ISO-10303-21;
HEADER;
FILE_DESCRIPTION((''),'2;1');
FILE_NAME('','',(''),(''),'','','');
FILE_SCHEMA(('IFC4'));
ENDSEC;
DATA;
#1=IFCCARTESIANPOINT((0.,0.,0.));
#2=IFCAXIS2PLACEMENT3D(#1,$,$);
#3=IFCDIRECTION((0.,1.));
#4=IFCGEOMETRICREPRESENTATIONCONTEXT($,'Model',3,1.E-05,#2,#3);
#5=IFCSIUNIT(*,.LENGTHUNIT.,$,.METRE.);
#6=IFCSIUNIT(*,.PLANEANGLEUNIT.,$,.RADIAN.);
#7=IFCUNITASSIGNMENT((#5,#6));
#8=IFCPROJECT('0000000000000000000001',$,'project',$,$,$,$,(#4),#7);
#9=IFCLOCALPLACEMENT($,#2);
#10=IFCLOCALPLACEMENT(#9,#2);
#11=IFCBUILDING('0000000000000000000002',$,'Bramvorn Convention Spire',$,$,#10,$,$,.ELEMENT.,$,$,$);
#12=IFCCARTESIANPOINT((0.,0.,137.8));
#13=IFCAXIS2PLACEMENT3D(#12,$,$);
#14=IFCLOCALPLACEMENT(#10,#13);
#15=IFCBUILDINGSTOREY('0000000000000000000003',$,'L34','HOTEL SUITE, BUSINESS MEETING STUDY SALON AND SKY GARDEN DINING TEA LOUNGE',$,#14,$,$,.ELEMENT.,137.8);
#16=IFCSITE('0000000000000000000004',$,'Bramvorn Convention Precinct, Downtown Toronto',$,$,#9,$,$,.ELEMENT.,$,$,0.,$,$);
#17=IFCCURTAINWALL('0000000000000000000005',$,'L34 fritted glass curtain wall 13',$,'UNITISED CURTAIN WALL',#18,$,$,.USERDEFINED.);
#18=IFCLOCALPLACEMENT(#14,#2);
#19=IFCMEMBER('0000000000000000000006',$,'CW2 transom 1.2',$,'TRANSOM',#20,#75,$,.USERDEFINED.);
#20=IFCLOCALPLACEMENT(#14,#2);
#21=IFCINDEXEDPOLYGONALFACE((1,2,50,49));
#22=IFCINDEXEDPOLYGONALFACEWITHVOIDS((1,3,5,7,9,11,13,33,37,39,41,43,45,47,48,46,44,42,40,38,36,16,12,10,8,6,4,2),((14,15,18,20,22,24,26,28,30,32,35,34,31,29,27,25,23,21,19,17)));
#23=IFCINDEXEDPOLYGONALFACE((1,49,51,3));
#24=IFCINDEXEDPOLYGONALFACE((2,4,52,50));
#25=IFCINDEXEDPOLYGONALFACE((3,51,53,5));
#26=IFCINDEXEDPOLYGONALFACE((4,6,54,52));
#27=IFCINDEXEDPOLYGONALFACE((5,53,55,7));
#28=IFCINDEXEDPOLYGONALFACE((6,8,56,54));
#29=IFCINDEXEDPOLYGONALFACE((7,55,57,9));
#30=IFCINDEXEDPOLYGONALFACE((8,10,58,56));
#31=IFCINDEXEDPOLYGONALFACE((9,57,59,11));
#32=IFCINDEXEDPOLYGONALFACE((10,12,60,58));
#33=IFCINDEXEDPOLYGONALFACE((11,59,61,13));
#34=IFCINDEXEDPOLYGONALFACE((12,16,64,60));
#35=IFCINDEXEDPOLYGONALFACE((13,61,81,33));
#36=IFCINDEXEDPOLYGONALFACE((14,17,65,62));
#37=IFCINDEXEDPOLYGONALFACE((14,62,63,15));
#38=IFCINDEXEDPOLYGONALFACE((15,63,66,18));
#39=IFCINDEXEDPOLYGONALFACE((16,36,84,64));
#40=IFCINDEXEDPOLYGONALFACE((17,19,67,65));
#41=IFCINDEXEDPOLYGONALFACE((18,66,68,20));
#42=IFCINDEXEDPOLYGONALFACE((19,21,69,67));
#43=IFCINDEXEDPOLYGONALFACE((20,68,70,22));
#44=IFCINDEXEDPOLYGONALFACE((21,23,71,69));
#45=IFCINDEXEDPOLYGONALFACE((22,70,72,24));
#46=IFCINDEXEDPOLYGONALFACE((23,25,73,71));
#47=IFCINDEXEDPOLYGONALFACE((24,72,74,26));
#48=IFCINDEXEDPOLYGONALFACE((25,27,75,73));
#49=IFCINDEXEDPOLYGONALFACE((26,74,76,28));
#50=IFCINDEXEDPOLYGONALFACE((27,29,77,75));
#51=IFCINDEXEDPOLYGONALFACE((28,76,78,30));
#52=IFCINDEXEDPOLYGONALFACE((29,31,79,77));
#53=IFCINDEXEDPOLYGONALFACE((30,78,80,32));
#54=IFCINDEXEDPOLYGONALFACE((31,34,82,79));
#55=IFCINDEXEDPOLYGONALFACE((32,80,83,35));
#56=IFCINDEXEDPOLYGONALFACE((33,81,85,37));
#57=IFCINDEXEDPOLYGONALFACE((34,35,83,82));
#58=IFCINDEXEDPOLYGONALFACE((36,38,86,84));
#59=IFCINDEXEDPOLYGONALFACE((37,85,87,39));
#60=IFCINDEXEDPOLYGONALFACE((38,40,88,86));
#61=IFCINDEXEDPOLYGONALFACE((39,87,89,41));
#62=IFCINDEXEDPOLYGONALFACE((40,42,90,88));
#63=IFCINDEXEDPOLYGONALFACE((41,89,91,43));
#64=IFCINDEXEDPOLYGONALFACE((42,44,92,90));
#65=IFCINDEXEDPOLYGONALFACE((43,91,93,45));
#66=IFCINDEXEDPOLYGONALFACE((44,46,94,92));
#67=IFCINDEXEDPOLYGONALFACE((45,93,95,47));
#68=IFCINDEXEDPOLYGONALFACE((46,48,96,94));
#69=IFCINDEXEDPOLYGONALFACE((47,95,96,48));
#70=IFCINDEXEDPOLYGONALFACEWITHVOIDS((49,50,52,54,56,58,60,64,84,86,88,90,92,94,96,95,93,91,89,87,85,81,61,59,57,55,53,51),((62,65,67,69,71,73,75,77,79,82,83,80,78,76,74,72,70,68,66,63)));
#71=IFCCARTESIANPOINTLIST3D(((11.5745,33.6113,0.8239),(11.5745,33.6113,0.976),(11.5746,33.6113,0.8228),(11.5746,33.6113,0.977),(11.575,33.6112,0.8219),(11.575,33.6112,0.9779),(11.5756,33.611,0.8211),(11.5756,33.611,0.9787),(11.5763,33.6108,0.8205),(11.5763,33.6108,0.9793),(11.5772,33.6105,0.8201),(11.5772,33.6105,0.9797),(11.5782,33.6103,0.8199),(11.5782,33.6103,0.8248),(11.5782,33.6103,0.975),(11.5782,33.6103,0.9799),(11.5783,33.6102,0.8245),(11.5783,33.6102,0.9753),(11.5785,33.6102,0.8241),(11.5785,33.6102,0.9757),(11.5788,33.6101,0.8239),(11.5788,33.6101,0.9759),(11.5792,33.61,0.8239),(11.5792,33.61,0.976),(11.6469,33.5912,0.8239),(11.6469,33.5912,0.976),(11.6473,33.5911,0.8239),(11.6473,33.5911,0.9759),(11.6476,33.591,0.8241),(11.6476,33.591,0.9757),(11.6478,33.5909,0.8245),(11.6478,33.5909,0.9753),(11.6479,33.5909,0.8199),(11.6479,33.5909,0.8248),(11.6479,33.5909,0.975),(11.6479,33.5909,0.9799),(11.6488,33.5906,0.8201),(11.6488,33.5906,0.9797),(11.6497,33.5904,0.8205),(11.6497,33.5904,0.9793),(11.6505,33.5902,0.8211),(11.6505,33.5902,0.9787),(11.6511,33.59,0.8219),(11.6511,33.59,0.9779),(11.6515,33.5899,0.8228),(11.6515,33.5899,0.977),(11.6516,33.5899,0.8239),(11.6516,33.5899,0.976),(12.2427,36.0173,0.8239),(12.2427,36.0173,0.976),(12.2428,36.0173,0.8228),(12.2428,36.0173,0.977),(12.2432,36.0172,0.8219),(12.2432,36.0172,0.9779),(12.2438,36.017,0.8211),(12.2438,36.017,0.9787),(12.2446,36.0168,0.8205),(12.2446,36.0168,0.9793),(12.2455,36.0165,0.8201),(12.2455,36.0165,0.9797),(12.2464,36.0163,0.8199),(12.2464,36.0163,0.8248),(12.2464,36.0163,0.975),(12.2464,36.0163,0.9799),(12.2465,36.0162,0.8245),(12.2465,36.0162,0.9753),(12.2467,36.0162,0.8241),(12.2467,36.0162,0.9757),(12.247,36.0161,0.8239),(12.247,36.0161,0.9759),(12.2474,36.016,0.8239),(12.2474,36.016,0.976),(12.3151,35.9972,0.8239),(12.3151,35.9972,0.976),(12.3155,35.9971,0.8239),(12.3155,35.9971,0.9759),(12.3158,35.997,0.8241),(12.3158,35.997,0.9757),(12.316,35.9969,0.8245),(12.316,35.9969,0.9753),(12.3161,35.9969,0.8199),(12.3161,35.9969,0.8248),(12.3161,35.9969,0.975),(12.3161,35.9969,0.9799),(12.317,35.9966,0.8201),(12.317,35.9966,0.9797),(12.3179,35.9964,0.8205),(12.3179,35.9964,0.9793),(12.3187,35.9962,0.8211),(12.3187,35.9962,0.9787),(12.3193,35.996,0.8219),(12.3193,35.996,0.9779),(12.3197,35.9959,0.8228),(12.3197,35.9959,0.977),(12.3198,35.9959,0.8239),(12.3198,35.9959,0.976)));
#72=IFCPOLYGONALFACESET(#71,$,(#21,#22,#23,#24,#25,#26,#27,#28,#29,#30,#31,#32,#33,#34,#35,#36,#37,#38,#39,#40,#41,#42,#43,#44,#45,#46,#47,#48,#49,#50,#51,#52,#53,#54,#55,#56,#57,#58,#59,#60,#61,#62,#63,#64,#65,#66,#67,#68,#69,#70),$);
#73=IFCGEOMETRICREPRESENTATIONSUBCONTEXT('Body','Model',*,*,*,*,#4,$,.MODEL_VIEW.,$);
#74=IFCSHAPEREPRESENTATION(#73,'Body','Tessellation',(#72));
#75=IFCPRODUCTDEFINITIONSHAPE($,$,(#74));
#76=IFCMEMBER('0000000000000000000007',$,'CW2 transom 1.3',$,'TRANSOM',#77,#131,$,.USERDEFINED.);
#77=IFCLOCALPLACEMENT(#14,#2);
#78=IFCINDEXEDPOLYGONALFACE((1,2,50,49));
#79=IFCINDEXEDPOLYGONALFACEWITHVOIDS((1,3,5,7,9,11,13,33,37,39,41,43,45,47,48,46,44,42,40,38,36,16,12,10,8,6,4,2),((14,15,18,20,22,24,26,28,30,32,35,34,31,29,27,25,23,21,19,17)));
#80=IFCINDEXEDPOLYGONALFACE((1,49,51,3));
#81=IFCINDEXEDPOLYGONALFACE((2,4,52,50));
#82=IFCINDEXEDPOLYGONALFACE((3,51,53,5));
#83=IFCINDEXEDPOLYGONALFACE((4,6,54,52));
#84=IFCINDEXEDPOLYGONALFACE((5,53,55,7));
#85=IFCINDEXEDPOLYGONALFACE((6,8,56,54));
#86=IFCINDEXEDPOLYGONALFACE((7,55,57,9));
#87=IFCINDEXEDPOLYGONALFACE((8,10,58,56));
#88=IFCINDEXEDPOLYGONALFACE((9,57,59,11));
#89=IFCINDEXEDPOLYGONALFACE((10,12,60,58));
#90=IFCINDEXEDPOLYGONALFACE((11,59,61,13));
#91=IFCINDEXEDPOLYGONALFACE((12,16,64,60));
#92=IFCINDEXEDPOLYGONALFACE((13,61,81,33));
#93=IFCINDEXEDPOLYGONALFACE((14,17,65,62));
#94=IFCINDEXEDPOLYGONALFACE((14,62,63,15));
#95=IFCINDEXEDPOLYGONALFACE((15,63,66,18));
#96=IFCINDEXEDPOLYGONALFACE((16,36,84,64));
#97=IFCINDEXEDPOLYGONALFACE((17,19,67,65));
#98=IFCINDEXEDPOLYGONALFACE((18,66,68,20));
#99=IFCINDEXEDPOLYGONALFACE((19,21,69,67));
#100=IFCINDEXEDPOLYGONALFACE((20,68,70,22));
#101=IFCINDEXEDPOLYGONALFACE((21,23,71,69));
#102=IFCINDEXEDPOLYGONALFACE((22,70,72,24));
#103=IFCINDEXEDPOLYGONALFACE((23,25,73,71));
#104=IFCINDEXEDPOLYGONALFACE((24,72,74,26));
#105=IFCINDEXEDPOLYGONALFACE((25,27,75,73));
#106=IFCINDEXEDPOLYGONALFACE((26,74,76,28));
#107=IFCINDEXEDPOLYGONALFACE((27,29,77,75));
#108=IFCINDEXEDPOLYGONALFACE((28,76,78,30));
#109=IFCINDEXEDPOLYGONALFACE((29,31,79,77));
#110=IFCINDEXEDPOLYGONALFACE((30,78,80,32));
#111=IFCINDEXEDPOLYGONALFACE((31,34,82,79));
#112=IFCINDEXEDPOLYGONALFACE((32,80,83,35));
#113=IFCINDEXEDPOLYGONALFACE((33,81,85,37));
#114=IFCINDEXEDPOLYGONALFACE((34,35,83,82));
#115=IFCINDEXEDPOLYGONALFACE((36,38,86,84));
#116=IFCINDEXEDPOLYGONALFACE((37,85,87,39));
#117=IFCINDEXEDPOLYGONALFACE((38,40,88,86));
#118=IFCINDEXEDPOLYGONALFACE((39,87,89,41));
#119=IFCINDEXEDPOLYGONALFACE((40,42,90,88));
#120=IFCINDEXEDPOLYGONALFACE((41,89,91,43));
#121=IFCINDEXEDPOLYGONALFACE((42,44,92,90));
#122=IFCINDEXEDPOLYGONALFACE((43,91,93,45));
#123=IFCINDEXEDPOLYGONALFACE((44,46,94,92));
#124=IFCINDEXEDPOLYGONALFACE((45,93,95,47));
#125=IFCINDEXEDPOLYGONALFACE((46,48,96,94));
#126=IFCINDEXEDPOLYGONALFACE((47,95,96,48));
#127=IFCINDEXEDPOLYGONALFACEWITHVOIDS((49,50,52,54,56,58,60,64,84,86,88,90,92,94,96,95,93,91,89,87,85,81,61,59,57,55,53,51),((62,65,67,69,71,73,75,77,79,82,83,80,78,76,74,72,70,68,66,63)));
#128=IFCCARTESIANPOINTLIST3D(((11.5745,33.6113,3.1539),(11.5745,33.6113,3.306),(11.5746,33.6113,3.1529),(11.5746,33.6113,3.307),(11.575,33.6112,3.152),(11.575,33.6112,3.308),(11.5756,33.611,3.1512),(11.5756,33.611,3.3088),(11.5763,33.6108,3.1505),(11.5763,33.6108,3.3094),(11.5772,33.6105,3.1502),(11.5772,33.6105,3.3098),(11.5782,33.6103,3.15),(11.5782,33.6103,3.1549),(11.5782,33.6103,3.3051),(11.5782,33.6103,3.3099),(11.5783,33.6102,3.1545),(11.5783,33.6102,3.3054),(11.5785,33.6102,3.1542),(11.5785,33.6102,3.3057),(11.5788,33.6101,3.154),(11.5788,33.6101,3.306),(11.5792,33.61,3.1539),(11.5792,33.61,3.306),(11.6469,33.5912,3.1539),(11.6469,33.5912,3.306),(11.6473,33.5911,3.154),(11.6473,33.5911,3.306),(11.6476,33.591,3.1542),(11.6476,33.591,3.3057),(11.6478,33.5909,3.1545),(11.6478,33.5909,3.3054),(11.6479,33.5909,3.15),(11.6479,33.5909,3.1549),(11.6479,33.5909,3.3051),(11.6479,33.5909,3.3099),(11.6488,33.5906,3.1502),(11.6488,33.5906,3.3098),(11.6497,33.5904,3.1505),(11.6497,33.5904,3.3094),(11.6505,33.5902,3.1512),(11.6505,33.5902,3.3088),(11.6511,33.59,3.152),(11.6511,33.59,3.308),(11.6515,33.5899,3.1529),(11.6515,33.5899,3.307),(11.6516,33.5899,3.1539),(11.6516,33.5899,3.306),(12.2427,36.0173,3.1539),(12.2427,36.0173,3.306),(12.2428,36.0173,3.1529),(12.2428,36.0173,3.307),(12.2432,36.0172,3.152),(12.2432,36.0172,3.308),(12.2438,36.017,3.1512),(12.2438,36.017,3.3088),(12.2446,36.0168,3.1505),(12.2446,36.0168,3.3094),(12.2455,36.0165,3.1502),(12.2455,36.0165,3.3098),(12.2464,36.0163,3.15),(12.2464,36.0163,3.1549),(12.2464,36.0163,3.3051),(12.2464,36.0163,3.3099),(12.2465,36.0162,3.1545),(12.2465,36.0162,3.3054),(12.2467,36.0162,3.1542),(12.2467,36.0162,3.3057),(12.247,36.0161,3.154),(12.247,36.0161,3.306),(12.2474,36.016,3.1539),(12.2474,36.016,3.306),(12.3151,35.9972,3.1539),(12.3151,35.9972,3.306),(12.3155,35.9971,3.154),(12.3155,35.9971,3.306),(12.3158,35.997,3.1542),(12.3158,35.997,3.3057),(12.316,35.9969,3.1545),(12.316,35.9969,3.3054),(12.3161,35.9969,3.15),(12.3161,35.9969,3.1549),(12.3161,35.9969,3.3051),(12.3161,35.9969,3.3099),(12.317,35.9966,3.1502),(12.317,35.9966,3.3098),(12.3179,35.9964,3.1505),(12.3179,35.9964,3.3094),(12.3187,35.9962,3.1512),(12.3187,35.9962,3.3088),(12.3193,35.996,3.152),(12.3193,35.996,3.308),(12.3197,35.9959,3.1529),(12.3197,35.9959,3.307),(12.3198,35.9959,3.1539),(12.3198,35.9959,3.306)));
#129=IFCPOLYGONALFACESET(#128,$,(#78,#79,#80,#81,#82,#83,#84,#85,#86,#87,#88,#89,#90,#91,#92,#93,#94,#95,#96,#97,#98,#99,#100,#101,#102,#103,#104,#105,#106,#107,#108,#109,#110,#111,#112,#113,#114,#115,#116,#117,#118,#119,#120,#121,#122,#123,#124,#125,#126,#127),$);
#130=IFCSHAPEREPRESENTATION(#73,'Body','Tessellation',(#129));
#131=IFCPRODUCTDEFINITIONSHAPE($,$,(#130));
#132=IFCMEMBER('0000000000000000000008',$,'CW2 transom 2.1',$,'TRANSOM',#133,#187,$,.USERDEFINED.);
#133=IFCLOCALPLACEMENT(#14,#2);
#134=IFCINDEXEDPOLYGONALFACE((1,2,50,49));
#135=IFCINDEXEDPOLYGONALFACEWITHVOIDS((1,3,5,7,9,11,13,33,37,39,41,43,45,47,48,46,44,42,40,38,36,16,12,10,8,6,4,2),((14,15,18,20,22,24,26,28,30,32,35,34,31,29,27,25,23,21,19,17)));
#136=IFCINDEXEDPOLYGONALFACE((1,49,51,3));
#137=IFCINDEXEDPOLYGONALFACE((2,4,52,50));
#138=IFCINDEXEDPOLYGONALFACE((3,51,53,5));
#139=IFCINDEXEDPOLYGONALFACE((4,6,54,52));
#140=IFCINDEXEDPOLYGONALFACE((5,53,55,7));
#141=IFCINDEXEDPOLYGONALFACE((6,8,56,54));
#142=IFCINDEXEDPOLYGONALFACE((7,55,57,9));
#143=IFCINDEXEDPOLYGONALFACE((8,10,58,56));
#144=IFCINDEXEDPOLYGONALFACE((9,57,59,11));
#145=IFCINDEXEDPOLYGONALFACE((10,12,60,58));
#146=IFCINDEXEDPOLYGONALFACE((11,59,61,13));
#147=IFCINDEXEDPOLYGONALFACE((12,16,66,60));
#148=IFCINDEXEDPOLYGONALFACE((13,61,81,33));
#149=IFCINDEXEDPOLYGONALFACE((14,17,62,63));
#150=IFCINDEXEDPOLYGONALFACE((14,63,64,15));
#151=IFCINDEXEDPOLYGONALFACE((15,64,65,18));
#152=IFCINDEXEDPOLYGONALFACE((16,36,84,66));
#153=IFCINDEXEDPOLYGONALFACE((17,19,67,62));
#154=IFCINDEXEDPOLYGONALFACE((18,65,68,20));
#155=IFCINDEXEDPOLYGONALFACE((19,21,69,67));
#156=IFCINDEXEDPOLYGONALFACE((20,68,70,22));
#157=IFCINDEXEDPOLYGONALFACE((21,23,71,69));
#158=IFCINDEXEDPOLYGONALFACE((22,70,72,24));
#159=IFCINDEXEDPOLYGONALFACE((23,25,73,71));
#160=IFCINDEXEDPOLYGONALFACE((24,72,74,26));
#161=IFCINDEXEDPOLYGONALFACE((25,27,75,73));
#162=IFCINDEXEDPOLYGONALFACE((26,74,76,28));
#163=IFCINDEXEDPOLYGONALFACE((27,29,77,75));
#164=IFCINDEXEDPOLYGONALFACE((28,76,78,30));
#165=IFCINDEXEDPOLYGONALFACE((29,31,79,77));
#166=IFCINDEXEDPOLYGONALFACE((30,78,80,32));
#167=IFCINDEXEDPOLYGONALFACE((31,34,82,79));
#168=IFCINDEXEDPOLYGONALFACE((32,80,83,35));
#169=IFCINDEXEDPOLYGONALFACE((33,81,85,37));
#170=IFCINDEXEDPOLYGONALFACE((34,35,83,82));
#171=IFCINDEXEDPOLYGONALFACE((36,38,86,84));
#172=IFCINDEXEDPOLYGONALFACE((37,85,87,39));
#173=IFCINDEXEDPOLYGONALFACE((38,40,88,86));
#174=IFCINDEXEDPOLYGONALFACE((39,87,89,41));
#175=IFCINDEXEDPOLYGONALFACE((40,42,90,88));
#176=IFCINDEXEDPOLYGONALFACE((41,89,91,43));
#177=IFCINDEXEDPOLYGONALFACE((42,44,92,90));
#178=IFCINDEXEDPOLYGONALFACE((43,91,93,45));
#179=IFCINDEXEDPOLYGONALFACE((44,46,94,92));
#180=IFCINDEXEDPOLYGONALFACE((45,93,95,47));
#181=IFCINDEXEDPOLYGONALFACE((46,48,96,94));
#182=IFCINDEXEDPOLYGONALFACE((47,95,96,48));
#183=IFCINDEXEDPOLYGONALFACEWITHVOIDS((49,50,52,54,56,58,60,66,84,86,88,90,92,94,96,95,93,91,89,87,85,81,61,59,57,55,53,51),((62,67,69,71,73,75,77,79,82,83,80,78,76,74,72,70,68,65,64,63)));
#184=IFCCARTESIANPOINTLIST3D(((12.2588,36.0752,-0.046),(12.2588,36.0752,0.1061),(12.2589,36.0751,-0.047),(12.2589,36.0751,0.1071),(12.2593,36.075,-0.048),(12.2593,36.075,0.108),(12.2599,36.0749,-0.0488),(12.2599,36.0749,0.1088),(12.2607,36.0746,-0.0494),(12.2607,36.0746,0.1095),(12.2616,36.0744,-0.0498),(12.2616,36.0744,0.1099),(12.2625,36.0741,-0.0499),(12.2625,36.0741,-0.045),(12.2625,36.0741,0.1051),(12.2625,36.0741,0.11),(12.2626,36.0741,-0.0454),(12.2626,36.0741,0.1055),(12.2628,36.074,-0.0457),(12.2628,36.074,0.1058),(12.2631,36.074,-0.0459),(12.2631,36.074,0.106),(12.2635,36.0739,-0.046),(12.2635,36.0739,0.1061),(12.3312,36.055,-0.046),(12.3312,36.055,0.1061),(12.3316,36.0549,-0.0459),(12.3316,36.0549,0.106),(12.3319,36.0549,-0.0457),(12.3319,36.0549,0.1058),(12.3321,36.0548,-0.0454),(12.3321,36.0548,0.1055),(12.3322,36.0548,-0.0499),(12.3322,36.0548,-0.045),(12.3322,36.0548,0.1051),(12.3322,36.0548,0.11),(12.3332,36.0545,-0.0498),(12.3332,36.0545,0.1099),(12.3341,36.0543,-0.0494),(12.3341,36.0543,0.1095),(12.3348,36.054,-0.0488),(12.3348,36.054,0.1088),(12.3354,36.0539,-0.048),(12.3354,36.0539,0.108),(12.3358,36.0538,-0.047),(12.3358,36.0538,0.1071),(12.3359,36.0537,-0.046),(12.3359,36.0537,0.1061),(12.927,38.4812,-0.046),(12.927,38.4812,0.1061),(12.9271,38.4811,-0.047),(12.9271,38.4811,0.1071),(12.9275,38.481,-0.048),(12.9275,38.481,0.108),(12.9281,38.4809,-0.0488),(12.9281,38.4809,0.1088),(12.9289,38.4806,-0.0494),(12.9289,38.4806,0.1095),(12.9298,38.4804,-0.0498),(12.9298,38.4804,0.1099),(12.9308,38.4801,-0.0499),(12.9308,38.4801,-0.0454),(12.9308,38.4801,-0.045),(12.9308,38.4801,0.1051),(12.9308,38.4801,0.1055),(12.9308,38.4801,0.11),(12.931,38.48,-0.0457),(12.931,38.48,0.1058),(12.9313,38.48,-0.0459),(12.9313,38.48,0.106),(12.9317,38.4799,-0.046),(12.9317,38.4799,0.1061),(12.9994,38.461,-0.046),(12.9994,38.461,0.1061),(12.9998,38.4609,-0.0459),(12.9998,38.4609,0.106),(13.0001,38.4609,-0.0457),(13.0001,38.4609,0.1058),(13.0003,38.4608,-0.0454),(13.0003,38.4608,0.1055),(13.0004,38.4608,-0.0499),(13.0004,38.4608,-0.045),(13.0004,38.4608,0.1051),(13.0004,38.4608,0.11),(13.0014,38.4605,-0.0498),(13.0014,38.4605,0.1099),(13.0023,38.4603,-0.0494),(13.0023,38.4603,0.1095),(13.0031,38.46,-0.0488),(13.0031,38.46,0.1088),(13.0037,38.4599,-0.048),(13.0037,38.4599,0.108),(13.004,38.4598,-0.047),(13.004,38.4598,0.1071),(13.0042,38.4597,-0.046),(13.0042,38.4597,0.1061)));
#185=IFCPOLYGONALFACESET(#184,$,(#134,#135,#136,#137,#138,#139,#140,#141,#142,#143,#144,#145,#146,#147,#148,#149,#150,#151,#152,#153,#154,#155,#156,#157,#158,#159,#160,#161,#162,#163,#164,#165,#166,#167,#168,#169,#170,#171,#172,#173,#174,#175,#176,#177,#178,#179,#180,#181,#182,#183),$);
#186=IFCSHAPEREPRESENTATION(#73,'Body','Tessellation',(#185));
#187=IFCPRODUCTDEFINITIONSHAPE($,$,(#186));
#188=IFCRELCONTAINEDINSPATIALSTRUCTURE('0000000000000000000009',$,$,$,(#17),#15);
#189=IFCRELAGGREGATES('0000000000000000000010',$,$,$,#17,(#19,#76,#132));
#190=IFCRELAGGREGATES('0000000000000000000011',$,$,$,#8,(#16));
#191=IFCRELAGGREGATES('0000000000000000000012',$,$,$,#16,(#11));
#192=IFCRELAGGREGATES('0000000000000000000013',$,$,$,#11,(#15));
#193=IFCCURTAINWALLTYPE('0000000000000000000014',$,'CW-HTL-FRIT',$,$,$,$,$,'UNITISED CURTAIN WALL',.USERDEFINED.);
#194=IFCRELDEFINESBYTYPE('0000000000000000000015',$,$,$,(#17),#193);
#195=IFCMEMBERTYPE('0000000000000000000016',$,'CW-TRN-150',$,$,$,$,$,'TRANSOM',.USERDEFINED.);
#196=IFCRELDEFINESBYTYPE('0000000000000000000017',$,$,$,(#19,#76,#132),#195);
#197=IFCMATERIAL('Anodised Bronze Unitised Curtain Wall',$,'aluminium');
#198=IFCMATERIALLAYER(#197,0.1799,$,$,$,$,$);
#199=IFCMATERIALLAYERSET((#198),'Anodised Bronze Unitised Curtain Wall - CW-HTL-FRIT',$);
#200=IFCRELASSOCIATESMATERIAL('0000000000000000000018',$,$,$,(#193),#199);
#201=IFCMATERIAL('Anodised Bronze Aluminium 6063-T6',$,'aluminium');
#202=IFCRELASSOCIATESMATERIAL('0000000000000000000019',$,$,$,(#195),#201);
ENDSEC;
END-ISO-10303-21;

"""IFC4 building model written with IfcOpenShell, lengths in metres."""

from ifc_helpers import new_model, si_unit, direction, frame, origin, origin_2d, place, context, subcontext, project, spatial, hollow_rectangle, extrude, material, layer, layer_set, material_profile, profile_set, type_object, element, aggregate, save


model = new_model("IFC4")

# Units and contexts
model_context = context("Model", 3, precision=1e-05, world=origin(), true_north=direction((0.0, 1.0)))
body_context = subcontext(model_context, "Body", "Model", "MODEL_VIEW")
ifc_project = project(units=[si_unit("LENGTHUNIT", "METRE"), si_unit("PLANEANGLEUNIT", "RADIAN")], contexts=[model_context])

# Site, building, storey
site_placement = place(None, origin())
site = spatial("IfcSite", under=ifc_project, at=site_placement, Name="Bramvorn Convention Precinct, Downtown Toronto", CompositionType="ELEMENT", RefElevation=0.0)
building_placement = place(site_placement, origin())
building = spatial("IfcBuilding", under=site, at=building_placement, Name="Bramvorn Convention Spire", CompositionType="ELEMENT")
storey_placement = place(building_placement, frame((0.0, 0.0, 137.8)))
storey = spatial("IfcBuildingStorey", under=building, at=storey_placement, Name="L34", Description="HOTEL SUITE, BUSINESS MEETING STUDY SALON AND SKY GARDEN DINING TEA LOUNGE", CompositionType="ELEMENT", Elevation=137.8)

# Curtain wall
ifc_material_1 = material(Name="Anodised Bronze Unitised Curtain Wall", Category="aluminium")
ifc_layer_1 = layer(ifc_material_1, 0.1799)
ifc_layer_set_1 = layer_set([ifc_layer_1], Name="Anodised Bronze Unitised Curtain Wall - CW-HTL-FRIT")
curtain_wall_type_1 = type_object("IfcCurtainWallType", Name="CW-HTL-FRIT", ElementType="UNITISED CURTAIN WALL", PredefinedType="USERDEFINED", material=ifc_layer_set_1)
ifc_material_2 = material(Name="Anodised Bronze Aluminium 6063-T6", Category="aluminium")
curtain_wall_1_placement = place(storey_placement, origin())
curtain_wall_1 = element("IfcCurtainWall", 1, at=curtain_wall_1_placement, inside=storey, type_object=curtain_wall_type_1, Name="L34 fritted glass curtain wall 13", ObjectType="UNITISED CURTAIN WALL", PredefinedType="USERDEFINED")

# Members
ifc_material_profile_1 = material_profile(ifc_material_2, hollow_rectangle(XDim=0.0801, YDim=0.1599, WallThickness=0.0039, InnerFilletRadius=0.001, OuterFilletRadius=0.0039, at=origin_2d()))
ifc_profile_set_1 = profile_set([ifc_material_profile_1], Name="Anodised Bronze Aluminium 6063-T6 - CWT80X160")
member_type_1 = type_object("IfcMemberType", Name="CW-TRN-150", ElementType="TRANSOM", PredefinedType="USERDEFINED", material=ifc_profile_set_1)
member_1_placement = place(storey_placement, frame((11.613, 33.6006, 0.8999), z_axis=(0.267598, 0.963531, 0.0), x_axis=(-0.963531, 0.267598, 0.0)))
member_1 = element("IfcMember", 2, at=member_1_placement, type_object=member_type_1, Name="CW2 transom 1.2", ObjectType="TRANSOM", PredefinedType="USERDEFINED", context=body_context, shape_type="SweptSolid", body=[
    extrude(hollow_rectangle(XDim=0.0801, YDim=0.1599, WallThickness=0.0039, InnerFilletRadius=0.001, OuterFilletRadius=0.0039, at=origin_2d()), origin(), (0.0, 0.0, 1.0), 2.4971),
])
member_2_placement = place(storey_placement, frame((11.613, 33.6006, 3.23), z_axis=(0.267598, 0.963531, 0.0), x_axis=(-0.963531, 0.267598, 0.0)))
member_2 = element("IfcMember", 3, at=member_2_placement, type_object=member_type_1, Name="CW2 transom 1.3", ObjectType="TRANSOM", PredefinedType="USERDEFINED", context=body_context, shape_type="SweptSolid", body=[
    extrude(hollow_rectangle(XDim=0.0801, YDim=0.1599, WallThickness=0.0039, InnerFilletRadius=0.001, OuterFilletRadius=0.0039, at=origin_2d()), origin(), (0.0, 0.0, 1.0), 2.4971),
])
member_3_placement = place(storey_placement, frame((12.2974, 36.0645, 0.03), z_axis=(0.267598, 0.963531, 0.0), x_axis=(-0.963531, 0.267598, 0.0)))
member_3 = element("IfcMember", 4, at=member_3_placement, type_object=member_type_1, Name="CW2 transom 2.1", ObjectType="TRANSOM", PredefinedType="USERDEFINED", context=body_context, shape_type="SweptSolid", body=[
    extrude(hollow_rectangle(XDim=0.0801, YDim=0.1599, WallThickness=0.0039, InnerFilletRadius=0.001, OuterFilletRadius=0.0039, at=origin_2d()), origin(), (0.0, 0.0, 1.0), 2.4971),
])

aggregate(curtain_wall_1, [member_1, member_2, member_3])

save(model, "model.ifc")
